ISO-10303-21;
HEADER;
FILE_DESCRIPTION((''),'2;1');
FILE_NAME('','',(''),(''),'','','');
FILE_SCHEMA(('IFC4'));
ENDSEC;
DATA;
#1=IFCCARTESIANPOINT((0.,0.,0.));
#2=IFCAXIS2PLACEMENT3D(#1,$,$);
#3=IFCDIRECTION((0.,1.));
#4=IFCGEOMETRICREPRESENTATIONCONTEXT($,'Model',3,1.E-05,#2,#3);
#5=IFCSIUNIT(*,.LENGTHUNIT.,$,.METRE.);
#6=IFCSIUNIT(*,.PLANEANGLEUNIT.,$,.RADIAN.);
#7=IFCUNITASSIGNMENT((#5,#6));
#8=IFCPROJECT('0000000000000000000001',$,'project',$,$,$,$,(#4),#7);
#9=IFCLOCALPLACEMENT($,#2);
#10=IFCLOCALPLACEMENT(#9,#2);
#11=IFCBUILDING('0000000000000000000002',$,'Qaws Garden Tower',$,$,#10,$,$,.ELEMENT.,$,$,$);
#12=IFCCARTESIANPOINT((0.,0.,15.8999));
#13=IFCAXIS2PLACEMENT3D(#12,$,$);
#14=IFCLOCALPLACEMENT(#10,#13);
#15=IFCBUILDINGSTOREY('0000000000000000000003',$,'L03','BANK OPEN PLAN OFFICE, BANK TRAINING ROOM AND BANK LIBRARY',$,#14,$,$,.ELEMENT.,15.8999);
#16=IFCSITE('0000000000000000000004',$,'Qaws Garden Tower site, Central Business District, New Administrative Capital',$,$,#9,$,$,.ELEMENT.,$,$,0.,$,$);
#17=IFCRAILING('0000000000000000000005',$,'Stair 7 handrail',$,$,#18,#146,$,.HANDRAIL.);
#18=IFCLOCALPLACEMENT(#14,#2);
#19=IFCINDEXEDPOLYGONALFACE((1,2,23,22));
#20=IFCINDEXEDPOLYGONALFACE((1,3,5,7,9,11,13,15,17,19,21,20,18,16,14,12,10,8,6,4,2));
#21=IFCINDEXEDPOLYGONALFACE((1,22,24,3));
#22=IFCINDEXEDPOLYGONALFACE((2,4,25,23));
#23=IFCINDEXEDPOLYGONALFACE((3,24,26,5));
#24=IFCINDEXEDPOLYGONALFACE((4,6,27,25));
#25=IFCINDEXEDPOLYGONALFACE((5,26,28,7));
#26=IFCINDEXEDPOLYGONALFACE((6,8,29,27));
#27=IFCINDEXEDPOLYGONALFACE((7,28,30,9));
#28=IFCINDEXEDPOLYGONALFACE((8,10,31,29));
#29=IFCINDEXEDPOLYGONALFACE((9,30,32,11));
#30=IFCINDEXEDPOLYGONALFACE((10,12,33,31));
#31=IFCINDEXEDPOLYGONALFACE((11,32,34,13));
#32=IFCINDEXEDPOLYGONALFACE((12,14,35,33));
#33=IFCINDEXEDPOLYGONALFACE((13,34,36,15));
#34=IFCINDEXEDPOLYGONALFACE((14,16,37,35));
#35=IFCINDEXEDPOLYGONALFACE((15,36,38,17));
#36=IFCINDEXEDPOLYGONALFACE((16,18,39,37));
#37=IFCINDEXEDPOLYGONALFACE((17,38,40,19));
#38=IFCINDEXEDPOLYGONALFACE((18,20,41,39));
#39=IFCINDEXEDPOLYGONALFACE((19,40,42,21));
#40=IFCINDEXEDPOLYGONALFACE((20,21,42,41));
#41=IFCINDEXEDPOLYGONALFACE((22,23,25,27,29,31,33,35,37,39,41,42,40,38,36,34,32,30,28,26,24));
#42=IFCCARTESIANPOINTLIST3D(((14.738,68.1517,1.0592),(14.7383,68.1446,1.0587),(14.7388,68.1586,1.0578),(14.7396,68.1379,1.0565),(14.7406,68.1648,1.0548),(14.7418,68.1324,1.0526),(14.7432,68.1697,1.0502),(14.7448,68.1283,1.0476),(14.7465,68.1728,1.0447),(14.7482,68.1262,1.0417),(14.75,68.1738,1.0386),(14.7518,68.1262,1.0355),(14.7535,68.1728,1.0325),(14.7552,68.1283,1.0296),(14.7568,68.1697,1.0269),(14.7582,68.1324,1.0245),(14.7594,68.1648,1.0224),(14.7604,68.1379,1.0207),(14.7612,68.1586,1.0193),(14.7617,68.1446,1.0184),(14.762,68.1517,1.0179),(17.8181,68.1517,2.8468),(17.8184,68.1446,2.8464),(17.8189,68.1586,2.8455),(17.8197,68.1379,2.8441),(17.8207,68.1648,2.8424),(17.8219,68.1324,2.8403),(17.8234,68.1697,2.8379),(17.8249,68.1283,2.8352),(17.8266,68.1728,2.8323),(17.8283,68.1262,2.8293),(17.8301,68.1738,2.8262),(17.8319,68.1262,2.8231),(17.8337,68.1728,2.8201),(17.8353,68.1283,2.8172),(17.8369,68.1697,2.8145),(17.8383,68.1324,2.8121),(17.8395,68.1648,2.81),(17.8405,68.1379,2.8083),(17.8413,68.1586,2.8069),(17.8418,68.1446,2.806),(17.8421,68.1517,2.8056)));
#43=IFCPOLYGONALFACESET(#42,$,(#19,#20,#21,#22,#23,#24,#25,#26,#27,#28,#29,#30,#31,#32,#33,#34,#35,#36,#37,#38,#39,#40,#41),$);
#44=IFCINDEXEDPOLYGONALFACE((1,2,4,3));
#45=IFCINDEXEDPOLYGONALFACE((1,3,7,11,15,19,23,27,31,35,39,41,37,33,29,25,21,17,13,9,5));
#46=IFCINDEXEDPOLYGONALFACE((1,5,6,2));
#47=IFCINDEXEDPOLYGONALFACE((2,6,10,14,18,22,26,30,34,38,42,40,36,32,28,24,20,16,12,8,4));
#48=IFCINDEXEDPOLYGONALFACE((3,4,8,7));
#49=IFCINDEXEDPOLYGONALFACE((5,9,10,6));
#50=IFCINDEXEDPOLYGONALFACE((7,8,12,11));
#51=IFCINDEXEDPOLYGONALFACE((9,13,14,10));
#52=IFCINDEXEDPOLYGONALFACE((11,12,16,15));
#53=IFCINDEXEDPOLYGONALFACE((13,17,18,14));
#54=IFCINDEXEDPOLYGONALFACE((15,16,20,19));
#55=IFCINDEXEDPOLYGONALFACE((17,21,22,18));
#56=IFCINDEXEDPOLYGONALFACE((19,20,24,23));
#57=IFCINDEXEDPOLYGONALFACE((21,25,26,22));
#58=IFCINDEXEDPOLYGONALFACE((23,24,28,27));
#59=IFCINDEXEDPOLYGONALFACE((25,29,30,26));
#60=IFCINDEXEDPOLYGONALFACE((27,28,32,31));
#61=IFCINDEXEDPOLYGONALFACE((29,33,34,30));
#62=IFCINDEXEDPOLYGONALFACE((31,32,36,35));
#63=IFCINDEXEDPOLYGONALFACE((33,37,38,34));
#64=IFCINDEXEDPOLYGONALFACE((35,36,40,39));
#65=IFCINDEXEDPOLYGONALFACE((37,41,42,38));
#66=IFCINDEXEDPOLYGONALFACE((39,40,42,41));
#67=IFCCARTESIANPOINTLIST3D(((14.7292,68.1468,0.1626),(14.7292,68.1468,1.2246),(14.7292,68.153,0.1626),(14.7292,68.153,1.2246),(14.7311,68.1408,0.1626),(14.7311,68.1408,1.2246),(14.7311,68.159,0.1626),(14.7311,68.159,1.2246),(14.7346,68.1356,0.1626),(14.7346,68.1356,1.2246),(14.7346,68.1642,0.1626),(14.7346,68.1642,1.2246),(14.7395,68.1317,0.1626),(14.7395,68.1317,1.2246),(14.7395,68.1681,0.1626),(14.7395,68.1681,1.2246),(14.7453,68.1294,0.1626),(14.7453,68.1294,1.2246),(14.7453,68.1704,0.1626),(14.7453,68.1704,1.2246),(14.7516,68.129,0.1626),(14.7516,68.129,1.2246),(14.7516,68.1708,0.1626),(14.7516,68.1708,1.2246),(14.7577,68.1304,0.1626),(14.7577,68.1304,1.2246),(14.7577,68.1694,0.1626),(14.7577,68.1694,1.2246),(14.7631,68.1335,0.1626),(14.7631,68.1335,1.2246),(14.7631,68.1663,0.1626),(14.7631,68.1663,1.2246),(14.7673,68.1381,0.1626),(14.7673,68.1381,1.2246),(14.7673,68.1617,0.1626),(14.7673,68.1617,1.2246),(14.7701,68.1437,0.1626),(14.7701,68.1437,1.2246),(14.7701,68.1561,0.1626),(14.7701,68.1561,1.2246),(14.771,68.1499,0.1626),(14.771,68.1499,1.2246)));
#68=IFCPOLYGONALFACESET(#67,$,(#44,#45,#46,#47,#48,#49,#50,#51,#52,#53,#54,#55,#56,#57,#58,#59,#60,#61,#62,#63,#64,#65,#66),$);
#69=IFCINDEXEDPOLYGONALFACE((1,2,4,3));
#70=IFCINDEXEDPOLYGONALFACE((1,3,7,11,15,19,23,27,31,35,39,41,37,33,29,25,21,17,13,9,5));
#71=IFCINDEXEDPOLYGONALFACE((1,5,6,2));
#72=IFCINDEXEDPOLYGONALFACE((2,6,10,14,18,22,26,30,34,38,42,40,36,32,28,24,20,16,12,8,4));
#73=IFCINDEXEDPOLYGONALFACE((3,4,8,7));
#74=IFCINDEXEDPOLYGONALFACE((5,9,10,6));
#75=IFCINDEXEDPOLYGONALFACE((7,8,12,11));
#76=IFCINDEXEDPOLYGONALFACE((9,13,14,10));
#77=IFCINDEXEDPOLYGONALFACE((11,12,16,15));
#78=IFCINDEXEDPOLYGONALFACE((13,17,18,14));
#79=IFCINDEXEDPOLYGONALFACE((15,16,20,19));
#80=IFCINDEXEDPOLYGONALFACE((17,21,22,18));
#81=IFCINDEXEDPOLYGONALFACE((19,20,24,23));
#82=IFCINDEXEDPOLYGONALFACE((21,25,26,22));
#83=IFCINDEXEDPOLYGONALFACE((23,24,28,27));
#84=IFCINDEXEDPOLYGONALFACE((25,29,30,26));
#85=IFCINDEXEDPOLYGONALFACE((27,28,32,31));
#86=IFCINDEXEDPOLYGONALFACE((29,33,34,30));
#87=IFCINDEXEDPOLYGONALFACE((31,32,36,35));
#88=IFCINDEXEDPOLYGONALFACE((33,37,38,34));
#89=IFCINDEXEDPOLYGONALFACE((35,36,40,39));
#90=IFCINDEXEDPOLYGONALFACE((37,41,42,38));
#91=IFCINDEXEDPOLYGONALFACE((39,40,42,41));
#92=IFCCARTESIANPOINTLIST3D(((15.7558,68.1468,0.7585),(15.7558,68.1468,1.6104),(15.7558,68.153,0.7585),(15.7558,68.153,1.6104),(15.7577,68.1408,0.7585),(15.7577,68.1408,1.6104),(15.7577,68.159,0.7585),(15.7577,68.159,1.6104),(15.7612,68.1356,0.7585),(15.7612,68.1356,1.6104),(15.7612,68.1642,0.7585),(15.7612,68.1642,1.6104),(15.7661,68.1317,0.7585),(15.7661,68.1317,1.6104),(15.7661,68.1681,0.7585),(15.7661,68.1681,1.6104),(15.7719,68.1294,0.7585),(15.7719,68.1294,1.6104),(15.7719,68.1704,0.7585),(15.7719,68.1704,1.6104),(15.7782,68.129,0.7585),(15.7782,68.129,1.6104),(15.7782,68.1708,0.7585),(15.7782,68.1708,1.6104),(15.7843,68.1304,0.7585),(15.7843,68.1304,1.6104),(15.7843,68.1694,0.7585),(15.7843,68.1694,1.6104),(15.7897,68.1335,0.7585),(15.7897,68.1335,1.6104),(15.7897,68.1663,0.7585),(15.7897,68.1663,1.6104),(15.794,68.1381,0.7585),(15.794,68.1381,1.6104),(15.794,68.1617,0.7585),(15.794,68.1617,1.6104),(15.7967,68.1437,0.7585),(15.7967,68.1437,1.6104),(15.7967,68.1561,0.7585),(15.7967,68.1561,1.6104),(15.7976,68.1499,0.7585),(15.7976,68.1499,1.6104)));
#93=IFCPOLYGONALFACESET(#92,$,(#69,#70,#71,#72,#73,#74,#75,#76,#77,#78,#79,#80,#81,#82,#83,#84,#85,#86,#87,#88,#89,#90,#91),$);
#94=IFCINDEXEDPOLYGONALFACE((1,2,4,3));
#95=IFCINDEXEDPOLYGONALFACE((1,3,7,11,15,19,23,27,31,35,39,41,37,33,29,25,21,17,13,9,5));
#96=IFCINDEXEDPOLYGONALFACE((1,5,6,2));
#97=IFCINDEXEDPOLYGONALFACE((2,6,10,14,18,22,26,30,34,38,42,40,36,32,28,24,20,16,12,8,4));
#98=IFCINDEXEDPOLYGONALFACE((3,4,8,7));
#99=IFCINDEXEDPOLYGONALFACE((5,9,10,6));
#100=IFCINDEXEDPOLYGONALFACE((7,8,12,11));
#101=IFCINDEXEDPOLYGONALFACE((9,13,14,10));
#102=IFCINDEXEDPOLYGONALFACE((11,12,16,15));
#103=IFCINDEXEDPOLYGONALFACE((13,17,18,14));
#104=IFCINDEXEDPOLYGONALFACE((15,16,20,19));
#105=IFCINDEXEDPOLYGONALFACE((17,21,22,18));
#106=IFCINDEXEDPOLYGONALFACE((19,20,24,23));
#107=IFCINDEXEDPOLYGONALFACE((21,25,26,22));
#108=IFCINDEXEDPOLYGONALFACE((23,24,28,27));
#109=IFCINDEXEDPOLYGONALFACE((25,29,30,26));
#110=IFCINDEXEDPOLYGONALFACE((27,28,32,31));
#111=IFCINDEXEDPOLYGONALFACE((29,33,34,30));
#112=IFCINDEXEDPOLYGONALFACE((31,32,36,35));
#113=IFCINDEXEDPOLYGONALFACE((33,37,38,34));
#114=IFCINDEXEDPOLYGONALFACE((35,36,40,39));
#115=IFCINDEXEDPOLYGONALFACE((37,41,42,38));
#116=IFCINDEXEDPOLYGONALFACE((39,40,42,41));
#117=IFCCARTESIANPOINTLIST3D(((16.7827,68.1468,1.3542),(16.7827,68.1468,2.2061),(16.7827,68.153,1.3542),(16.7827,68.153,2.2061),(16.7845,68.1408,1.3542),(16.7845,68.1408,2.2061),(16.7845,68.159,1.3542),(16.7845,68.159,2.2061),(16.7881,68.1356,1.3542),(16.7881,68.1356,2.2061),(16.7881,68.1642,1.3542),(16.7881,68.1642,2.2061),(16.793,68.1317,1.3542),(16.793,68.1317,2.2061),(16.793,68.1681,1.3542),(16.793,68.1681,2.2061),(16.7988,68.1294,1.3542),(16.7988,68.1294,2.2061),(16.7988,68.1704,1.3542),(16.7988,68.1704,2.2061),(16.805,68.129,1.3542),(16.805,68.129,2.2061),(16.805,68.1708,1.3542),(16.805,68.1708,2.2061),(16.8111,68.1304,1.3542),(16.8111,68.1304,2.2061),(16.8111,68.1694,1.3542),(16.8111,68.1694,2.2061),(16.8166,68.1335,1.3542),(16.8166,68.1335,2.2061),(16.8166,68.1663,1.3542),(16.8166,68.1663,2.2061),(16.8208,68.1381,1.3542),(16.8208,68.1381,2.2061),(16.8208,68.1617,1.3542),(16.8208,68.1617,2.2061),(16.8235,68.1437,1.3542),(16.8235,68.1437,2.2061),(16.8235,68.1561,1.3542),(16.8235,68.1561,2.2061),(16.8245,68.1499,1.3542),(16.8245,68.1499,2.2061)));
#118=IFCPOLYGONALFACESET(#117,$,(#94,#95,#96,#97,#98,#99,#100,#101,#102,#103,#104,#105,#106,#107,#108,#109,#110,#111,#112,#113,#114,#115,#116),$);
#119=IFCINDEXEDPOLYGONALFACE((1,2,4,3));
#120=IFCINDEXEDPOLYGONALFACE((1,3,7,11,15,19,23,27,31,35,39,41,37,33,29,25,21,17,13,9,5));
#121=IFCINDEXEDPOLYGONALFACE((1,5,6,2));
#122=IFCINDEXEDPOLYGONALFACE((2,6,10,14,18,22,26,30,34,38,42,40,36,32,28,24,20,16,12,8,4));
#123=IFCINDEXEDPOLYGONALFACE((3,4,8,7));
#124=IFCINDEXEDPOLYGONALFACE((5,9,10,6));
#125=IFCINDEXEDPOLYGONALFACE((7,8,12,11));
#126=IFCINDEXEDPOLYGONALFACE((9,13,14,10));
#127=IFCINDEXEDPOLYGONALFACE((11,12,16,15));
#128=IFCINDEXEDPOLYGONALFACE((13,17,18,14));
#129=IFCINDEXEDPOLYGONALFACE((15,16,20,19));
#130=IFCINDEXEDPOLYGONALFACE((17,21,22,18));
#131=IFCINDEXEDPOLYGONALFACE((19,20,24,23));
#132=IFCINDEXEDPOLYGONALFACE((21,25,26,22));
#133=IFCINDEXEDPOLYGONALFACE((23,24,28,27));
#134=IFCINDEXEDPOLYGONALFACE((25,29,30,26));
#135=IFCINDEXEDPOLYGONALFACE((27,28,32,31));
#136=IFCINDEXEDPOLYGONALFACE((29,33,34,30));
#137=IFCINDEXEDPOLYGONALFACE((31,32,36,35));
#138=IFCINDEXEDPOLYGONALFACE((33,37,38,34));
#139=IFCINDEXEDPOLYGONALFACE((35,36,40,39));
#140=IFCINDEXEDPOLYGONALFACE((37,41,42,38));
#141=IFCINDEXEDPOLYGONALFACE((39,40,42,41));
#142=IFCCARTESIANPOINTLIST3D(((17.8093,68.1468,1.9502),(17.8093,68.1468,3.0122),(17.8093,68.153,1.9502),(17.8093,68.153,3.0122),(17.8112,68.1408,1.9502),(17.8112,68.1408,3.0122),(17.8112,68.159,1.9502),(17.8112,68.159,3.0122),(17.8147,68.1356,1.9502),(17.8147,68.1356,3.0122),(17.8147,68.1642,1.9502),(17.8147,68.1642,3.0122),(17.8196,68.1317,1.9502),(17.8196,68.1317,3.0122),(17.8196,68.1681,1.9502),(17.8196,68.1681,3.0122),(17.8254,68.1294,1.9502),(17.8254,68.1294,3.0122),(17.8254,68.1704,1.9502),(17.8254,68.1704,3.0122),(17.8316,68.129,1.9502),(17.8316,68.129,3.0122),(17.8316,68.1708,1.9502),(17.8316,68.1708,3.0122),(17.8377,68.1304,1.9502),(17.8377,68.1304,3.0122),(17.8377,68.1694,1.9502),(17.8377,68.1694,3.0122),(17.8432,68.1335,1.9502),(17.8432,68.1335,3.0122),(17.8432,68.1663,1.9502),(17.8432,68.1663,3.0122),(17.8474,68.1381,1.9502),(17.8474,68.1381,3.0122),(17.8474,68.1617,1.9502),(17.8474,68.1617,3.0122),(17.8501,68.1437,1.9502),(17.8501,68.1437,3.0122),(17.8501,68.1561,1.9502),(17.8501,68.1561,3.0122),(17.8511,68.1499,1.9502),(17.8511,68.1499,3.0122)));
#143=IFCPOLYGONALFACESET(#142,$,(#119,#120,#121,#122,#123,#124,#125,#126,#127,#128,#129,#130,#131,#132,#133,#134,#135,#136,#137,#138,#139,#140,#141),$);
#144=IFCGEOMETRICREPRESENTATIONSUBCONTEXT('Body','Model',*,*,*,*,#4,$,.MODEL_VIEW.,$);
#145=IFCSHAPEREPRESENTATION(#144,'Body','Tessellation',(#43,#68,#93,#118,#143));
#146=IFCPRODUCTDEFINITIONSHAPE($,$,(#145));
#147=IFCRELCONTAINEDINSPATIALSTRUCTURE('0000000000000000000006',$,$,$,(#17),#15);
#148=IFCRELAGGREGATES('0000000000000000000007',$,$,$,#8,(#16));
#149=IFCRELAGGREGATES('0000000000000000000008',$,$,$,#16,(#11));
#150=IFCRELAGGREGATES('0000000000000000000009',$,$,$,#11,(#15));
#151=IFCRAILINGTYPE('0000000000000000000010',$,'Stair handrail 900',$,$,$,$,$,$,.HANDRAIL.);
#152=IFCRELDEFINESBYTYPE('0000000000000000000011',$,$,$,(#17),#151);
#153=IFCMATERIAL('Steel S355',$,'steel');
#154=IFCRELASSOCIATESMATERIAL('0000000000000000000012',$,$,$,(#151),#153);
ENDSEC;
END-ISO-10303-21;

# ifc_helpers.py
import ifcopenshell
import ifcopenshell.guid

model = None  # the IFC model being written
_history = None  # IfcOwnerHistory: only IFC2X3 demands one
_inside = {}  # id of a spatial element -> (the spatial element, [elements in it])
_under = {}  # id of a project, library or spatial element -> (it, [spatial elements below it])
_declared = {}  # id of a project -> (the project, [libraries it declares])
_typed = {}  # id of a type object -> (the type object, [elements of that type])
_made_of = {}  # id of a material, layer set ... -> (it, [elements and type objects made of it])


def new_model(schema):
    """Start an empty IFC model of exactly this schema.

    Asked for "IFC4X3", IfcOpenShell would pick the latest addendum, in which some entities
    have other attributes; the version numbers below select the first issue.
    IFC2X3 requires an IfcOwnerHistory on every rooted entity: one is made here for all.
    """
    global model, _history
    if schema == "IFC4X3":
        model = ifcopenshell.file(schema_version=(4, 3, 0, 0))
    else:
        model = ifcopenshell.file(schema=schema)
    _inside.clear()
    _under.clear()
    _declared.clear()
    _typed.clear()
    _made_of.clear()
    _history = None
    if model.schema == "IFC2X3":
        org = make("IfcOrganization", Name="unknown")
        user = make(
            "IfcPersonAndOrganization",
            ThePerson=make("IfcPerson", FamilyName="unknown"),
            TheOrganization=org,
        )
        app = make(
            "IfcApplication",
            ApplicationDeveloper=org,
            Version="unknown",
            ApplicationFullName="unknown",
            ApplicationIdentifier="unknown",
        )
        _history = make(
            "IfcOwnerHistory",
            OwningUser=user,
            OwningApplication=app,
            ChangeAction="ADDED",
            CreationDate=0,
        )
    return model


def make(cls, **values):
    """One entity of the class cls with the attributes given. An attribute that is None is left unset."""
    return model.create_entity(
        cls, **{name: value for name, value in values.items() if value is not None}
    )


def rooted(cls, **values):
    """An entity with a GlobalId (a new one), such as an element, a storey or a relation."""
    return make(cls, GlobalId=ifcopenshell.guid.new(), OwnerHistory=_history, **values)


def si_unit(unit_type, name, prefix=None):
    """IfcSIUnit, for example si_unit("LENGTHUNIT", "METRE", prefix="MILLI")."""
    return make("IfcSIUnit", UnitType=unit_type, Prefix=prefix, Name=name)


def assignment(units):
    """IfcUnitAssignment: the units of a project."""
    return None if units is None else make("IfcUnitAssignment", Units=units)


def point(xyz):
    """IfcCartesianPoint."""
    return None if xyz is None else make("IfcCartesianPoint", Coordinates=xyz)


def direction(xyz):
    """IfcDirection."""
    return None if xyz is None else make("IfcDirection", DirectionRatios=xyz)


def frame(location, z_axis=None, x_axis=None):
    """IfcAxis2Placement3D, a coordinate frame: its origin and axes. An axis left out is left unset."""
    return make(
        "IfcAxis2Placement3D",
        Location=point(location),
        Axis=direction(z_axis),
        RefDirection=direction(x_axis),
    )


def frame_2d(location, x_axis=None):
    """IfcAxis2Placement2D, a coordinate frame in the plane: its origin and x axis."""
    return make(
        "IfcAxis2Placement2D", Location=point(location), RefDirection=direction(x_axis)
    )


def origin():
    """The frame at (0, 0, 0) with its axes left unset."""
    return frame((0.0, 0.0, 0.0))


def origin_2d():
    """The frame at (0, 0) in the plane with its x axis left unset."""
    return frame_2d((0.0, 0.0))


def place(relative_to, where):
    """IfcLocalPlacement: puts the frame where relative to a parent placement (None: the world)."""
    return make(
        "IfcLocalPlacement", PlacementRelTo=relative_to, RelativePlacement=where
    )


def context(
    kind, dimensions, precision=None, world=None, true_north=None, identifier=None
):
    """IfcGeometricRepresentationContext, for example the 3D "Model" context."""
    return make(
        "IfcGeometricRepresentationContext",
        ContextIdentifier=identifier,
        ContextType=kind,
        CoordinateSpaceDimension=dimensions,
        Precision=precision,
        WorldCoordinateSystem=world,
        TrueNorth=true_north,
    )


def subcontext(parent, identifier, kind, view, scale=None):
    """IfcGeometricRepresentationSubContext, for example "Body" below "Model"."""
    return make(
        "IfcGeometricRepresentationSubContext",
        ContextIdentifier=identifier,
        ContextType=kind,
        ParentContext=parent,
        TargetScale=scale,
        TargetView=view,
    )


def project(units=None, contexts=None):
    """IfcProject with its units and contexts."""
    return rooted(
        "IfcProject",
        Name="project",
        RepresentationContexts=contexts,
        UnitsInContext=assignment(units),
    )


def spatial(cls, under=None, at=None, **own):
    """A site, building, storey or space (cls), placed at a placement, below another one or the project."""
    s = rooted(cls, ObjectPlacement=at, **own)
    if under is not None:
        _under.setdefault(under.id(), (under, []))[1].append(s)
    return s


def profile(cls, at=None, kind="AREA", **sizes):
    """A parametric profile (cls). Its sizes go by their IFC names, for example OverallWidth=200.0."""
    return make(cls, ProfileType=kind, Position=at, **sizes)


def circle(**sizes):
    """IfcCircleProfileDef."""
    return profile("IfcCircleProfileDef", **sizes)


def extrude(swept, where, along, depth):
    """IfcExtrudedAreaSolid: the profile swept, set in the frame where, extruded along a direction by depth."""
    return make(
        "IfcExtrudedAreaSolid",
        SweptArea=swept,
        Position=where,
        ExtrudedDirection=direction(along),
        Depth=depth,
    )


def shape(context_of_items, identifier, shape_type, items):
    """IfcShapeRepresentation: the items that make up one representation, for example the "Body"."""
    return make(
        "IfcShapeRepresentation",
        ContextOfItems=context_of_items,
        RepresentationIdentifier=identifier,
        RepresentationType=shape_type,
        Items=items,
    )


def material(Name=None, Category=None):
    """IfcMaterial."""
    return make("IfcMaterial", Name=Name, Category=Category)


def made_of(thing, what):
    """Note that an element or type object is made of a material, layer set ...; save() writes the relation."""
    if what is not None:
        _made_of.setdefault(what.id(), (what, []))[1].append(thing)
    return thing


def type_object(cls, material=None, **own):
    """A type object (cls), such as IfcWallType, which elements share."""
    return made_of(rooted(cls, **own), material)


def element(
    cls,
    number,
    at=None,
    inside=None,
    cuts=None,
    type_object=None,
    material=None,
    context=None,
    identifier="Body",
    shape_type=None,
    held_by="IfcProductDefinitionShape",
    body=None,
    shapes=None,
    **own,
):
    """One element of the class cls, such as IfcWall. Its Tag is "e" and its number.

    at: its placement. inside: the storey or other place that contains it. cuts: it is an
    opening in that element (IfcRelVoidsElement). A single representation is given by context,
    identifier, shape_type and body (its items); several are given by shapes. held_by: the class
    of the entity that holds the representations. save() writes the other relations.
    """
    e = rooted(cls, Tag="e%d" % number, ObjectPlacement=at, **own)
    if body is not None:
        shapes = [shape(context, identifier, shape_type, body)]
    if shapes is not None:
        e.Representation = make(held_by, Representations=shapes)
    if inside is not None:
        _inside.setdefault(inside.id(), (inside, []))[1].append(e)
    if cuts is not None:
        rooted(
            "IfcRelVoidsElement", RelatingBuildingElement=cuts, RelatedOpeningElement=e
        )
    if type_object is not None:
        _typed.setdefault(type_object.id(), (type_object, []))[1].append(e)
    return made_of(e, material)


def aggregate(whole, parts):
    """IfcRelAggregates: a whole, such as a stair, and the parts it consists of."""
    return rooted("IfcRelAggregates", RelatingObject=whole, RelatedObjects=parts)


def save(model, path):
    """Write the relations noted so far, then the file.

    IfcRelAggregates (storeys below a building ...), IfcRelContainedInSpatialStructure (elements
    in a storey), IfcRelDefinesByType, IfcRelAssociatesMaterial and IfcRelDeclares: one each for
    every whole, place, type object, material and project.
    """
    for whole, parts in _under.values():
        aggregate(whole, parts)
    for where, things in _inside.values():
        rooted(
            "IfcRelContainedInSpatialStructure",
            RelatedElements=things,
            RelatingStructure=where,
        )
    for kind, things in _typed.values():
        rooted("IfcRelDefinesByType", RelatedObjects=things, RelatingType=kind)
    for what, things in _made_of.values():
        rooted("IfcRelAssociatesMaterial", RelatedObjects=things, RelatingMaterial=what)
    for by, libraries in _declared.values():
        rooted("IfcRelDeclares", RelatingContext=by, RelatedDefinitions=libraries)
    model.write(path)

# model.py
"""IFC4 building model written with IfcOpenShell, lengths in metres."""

from ifc_helpers import new_model, si_unit, direction, frame, origin, origin_2d, place, context, subcontext, project, spatial, circle, extrude, material, type_object, element, save


model = new_model("IFC4")

# Units and contexts
model_context = context("Model", 3, precision=1e-05, world=origin(), true_north=direction((0.0, 1.0)))
body_context = subcontext(model_context, "Body", "Model", "MODEL_VIEW")
ifc_project = project(units=[si_unit("LENGTHUNIT", "METRE"), si_unit("PLANEANGLEUNIT", "RADIAN")], contexts=[model_context])

# Site, building, storey
site_placement = place(None, origin())
site = spatial("IfcSite", under=ifc_project, at=site_placement, Name="Qaws Garden Tower site, Central Business District, New Administrative Capital", CompositionType="ELEMENT", RefElevation=0.0)
building_placement = place(site_placement, origin())
building = spatial("IfcBuilding", under=site, at=building_placement, Name="Qaws Garden Tower", CompositionType="ELEMENT")
storey_placement = place(building_placement, frame((0.0, 0.0, 15.8999)))
storey = spatial("IfcBuildingStorey", under=building, at=storey_placement, Name="L03", Description="BANK OPEN PLAN OFFICE, BANK TRAINING ROOM AND BANK LIBRARY", CompositionType="ELEMENT", Elevation=15.8999)

# Railing
ifc_material_1 = material(Name="Steel S355", Category="steel")
railing_type = type_object("IfcRailingType", Name="Stair handrail 900", PredefinedType="HANDRAIL", material=ifc_material_1)
railing_1_placement = place(storey_placement, frame((14.75, 68.1499, 0.1626)))
element("IfcRailing", 1, at=railing_1_placement, inside=storey, type_object=railing_type, Name="Stair 7 handrail", PredefinedType="HANDRAIL", context=body_context, shape_type="SweptSolid", body=[
    extrude(circle(Radius=0.0239, at=origin_2d()), frame((0.0, 0.0, 0.876), z_axis=(0.864891, 0.0, 0.50196), x_axis=(0.0, 1.0, 0.0)), (0.0, 0.0, 1.0), 3.5613),
    extrude(circle(Radius=0.021, at=origin_2d()), origin(), (0.0, 0.0, 1.0), 1.062),
    extrude(circle(Radius=0.021, at=origin_2d()), frame((1.0266, 0.0, 0.5959)), (0.0, 0.0, 1.0), 0.8518),
    extrude(circle(Radius=0.021, at=origin_2d()), frame((2.0535, 0.0, 1.1917)), (0.0, 0.0, 1.0), 0.8518),
    extrude(circle(Radius=0.021, at=origin_2d()), frame((3.0801, 0.0, 1.7876)), (0.0, 0.0, 1.0), 1.062),
])

save(model, "model.ifc")
